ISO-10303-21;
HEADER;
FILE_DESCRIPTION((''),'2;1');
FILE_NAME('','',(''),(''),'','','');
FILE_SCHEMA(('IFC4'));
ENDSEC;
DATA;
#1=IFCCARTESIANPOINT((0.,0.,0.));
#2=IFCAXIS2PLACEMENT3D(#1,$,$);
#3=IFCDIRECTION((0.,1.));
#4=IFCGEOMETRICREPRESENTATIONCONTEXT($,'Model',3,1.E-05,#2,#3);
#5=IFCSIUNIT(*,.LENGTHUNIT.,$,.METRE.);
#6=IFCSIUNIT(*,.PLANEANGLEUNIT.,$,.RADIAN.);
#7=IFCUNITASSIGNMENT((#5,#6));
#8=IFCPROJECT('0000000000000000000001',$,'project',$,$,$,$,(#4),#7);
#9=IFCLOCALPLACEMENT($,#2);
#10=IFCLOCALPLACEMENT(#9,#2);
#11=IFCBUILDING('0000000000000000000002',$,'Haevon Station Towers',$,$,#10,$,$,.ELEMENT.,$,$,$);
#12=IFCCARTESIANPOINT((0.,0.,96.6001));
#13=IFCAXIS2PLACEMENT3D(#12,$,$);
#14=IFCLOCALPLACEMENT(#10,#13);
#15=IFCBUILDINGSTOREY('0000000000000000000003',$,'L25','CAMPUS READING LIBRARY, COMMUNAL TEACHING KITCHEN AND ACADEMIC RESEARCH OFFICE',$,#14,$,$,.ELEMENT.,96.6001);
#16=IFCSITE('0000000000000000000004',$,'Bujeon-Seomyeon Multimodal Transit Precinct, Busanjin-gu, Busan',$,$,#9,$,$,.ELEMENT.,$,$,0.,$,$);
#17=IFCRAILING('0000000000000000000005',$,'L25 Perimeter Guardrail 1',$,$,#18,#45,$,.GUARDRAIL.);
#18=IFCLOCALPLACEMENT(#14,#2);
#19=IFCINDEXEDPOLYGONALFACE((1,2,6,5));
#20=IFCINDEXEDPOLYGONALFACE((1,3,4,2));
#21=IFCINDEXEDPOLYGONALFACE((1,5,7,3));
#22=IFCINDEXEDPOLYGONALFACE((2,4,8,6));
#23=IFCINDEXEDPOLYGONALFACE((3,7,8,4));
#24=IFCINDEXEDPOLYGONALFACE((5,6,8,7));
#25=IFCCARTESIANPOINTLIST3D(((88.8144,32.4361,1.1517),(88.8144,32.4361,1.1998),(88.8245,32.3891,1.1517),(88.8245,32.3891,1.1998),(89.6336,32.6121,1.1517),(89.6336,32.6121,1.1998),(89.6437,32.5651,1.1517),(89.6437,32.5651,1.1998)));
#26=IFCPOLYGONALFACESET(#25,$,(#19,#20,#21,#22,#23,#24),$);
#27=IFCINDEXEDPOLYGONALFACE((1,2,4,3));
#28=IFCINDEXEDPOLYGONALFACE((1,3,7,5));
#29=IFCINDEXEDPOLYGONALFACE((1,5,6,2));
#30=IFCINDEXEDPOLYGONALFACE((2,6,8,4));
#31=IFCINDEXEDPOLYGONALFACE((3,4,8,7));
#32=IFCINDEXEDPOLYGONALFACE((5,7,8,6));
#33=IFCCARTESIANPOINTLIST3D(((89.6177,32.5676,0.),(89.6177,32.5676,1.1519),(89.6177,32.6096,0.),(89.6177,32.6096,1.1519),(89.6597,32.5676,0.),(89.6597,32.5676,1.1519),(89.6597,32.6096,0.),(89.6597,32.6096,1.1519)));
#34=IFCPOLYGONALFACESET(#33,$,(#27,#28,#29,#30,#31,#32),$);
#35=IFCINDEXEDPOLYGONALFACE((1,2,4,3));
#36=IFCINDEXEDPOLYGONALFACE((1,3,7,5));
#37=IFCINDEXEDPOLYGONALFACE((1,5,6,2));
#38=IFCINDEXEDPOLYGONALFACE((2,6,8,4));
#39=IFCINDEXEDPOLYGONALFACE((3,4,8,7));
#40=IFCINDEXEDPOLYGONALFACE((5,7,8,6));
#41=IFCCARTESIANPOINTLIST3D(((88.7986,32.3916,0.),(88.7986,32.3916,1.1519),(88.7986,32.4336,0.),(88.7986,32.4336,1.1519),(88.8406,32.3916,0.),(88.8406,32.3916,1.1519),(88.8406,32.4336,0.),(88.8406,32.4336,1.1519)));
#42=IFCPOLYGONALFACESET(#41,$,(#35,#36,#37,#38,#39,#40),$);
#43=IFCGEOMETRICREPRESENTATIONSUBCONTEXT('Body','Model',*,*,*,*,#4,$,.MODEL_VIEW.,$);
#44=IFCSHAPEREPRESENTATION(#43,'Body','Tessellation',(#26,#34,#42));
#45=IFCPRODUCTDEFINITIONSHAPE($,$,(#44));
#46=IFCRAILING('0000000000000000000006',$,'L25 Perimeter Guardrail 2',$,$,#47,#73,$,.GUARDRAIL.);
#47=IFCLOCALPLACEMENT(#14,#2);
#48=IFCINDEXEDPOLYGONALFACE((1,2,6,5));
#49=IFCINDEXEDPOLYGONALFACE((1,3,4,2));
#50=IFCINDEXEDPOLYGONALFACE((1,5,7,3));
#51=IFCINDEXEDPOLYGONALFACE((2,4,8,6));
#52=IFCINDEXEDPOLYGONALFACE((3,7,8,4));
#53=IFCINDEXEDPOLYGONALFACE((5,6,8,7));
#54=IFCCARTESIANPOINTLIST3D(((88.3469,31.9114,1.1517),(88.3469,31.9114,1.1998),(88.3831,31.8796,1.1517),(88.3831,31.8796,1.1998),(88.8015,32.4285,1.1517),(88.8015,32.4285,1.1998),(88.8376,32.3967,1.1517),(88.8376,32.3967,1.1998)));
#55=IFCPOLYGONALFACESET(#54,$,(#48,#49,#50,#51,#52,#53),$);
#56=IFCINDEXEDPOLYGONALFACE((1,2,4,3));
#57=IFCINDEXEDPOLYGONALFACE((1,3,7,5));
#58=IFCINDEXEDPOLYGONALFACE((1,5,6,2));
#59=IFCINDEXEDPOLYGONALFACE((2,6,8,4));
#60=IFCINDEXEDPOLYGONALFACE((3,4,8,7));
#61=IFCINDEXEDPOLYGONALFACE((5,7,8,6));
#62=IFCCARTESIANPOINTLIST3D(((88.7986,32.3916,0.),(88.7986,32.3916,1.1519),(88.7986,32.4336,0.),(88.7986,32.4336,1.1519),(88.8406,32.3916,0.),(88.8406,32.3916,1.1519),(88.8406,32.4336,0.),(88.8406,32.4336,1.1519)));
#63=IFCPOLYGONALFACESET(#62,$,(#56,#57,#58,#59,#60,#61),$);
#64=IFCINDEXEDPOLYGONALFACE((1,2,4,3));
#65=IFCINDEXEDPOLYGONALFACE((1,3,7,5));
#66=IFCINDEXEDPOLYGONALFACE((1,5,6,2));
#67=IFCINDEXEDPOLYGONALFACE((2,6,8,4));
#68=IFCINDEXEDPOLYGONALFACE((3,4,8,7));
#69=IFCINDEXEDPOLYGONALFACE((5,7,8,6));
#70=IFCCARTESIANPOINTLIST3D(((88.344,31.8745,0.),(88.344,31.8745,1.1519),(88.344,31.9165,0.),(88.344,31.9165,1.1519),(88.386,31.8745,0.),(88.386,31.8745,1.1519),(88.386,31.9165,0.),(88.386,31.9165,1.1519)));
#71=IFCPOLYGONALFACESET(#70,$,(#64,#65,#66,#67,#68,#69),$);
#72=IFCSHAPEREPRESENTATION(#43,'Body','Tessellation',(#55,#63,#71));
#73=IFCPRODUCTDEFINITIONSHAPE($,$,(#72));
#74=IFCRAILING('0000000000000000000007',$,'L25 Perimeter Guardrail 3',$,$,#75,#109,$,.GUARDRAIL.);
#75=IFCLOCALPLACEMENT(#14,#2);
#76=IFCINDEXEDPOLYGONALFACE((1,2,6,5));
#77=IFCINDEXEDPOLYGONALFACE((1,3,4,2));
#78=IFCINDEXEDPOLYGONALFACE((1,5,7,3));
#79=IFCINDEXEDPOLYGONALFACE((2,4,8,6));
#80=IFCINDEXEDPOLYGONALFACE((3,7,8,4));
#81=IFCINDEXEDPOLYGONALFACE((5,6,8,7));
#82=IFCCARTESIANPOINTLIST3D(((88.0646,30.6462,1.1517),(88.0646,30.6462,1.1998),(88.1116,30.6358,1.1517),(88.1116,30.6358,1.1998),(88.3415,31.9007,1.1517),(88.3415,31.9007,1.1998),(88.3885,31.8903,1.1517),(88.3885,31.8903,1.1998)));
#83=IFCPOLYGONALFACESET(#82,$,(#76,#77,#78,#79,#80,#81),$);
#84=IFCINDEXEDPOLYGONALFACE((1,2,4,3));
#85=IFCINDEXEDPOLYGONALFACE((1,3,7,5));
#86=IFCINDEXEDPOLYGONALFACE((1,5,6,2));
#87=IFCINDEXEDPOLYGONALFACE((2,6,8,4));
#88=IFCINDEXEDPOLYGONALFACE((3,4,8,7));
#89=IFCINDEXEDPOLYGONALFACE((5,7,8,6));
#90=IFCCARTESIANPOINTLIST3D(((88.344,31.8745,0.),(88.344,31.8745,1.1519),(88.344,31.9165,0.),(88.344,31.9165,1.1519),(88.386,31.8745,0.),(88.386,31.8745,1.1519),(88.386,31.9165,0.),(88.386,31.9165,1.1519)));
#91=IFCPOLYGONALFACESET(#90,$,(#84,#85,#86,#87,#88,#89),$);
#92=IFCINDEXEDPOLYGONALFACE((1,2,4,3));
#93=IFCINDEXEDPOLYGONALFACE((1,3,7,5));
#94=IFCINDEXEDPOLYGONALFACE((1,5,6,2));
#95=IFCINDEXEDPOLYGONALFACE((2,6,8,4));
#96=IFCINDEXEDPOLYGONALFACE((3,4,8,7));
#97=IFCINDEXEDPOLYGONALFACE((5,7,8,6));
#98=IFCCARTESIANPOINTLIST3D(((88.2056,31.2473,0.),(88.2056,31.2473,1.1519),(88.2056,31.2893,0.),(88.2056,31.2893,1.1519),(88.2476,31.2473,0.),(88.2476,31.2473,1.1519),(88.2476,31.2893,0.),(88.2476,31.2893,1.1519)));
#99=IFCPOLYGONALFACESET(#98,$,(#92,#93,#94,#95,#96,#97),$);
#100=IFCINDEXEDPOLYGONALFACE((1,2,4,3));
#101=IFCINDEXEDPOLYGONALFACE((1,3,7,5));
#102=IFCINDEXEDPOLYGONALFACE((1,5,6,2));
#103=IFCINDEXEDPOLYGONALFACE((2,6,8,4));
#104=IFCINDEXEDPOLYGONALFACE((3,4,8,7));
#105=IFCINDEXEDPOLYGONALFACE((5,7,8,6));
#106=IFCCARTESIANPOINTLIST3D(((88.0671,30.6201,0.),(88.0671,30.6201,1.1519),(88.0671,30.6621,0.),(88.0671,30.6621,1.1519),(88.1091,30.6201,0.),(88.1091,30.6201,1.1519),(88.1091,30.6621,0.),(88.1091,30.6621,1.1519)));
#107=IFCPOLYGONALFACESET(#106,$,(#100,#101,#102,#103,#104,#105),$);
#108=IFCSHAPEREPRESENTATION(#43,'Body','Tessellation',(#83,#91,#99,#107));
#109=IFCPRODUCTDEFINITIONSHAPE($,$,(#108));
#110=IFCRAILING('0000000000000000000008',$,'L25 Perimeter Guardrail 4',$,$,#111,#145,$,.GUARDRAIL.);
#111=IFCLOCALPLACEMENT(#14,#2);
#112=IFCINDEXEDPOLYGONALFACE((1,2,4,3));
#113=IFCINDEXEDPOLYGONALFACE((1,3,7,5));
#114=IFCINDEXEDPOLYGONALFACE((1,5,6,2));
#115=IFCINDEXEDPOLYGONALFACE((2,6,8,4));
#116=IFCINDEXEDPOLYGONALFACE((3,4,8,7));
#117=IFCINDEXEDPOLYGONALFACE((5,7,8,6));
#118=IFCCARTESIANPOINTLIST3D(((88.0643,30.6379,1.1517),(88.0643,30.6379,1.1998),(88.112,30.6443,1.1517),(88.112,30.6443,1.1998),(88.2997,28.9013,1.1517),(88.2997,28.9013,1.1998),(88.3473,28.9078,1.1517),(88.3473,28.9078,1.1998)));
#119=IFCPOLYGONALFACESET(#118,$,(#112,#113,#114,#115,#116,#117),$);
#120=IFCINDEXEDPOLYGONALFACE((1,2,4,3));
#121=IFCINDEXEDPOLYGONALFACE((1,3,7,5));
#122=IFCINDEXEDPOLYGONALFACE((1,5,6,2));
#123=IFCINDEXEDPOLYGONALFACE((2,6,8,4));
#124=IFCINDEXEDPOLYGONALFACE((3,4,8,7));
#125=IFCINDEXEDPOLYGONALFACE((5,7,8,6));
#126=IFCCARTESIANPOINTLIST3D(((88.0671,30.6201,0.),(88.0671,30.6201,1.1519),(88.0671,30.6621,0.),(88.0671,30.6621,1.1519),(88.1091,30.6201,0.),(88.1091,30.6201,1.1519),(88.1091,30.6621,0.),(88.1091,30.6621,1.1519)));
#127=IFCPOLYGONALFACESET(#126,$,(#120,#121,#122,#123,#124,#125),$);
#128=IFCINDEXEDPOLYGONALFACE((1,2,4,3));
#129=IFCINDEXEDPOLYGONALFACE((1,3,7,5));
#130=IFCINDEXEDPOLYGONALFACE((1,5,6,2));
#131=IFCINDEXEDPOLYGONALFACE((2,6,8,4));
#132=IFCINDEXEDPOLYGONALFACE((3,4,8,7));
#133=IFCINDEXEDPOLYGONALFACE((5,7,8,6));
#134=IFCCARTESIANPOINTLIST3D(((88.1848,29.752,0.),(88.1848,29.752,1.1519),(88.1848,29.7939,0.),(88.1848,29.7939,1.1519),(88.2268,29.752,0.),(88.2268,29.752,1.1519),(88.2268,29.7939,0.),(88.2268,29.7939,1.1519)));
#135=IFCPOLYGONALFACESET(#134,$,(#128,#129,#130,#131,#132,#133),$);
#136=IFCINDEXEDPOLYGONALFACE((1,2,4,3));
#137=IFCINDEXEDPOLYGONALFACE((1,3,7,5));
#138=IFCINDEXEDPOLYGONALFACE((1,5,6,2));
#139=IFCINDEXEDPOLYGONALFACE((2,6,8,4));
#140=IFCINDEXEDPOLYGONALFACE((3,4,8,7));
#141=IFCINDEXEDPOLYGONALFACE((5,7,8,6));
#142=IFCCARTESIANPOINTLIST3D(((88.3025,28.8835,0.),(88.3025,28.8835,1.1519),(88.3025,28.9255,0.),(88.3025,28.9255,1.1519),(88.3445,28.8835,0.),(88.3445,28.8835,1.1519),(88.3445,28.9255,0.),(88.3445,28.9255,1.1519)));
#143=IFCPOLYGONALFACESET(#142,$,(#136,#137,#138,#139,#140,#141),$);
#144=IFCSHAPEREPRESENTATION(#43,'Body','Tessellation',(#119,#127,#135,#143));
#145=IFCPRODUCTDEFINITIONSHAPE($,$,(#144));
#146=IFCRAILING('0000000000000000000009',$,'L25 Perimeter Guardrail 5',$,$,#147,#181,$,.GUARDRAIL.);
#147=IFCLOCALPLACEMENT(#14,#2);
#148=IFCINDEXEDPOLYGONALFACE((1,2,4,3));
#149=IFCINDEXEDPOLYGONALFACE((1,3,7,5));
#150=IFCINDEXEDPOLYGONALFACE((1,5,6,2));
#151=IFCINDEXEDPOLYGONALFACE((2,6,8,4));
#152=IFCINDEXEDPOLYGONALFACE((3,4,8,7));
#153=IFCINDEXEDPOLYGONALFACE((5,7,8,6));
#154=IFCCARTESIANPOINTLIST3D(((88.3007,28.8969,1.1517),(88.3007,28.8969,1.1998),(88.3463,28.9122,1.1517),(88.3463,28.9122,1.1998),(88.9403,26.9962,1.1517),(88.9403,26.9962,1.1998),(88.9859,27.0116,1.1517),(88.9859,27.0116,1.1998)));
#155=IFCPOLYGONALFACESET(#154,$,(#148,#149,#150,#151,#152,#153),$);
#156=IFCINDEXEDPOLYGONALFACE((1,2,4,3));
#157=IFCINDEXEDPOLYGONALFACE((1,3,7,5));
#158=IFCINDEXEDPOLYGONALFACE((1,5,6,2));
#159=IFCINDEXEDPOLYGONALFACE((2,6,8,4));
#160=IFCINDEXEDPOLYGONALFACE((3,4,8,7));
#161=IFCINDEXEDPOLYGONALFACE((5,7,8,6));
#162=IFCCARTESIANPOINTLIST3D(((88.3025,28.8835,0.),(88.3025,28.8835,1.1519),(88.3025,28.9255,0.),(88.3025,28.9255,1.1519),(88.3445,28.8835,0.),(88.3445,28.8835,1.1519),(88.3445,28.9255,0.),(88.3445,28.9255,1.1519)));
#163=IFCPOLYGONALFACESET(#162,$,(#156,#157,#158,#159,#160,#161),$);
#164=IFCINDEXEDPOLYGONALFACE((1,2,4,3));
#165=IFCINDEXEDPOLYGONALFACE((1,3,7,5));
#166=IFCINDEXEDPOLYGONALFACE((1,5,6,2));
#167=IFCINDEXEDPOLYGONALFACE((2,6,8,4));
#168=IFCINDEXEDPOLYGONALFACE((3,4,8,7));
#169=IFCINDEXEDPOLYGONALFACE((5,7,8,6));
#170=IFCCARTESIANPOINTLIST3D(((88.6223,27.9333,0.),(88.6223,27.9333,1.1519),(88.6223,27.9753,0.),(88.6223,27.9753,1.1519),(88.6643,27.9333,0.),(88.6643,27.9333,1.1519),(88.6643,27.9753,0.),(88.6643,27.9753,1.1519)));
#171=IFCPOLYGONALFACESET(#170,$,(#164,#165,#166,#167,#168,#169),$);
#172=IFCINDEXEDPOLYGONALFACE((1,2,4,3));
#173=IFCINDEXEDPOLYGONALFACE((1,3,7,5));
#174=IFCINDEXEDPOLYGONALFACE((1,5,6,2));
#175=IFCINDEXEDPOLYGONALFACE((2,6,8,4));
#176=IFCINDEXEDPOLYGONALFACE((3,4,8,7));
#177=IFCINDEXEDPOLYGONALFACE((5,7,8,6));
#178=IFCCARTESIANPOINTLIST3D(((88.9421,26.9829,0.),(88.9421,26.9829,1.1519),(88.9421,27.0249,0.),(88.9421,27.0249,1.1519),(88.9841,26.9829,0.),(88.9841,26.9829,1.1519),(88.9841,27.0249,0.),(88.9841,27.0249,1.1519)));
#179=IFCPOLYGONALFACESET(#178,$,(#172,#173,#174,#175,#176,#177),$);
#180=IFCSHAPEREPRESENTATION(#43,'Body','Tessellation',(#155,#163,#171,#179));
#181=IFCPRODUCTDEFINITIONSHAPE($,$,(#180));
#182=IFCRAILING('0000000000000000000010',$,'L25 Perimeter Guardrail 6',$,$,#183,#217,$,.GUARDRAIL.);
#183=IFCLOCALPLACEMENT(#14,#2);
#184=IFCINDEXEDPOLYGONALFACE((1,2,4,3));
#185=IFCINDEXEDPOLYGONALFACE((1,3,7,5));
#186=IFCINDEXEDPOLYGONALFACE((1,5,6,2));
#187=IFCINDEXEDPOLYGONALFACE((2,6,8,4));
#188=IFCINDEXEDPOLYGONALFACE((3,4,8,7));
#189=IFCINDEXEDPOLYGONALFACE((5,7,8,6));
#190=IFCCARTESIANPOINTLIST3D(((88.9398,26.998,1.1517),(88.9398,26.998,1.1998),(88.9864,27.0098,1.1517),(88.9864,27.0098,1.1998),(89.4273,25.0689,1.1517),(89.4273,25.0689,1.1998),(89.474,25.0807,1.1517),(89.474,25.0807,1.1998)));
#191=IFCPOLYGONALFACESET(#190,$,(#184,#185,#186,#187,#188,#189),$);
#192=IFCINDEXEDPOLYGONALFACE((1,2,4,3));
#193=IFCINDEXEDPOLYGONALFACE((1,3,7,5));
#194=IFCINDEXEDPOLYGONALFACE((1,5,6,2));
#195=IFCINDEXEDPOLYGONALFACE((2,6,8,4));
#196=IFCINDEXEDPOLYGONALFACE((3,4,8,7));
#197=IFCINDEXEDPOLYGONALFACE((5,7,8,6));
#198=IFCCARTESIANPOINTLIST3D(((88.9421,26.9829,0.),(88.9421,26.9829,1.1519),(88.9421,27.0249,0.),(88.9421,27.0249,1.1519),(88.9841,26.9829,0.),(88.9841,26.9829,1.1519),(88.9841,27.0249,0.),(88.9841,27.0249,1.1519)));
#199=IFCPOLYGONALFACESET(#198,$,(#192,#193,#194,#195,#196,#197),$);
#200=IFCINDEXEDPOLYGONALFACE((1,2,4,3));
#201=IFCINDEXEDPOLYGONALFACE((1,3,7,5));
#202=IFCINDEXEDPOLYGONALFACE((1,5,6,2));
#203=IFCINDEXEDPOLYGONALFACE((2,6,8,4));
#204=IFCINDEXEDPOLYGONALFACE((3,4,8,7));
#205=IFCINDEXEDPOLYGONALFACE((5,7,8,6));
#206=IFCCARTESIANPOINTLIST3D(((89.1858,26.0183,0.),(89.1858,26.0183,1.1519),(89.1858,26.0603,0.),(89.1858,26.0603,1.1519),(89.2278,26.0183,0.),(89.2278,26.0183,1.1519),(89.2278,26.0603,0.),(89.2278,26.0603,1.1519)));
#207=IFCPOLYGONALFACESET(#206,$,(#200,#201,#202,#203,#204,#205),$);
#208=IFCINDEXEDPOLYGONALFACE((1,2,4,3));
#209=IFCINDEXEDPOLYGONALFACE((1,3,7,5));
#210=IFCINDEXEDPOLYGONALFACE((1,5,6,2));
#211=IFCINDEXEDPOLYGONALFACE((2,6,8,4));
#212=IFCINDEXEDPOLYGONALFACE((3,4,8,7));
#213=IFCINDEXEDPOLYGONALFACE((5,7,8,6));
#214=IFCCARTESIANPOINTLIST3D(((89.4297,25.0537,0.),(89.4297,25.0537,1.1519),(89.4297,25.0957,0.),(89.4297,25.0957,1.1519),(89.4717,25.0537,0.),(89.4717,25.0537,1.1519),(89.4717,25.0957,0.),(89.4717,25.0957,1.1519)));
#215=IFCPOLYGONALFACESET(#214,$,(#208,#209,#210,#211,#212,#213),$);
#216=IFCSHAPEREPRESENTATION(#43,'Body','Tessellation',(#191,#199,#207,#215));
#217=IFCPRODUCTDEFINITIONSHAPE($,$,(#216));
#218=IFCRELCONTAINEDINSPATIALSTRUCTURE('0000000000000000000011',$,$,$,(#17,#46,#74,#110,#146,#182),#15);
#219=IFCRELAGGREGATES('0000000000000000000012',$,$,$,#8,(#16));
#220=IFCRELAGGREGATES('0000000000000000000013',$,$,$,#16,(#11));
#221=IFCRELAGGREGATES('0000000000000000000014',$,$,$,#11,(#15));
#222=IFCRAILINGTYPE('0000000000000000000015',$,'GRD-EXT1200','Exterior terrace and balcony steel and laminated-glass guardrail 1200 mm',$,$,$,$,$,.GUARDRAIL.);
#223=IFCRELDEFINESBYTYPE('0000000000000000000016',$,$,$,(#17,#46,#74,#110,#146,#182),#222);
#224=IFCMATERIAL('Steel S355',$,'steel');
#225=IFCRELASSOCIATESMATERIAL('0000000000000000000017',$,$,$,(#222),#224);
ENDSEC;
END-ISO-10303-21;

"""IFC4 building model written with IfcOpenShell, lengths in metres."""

from ifc_helpers import new_model, si_unit, direction, frame, origin, origin_2d, place, context, subcontext, project, spatial, rectangle, extrude, material, type_object, element, save


model = new_model("IFC4")

# Units and contexts
model_context = context("Model", 3, precision=1e-05, world=origin(), true_north=direction((0.0, 1.0)))
body_context = subcontext(model_context, "Body", "Model", "MODEL_VIEW")
ifc_project = project(units=[si_unit("LENGTHUNIT", "METRE"), si_unit("PLANEANGLEUNIT", "RADIAN")], contexts=[model_context])

# Site, building, storey
site_placement = place(None, origin())
site = spatial("IfcSite", under=ifc_project, at=site_placement, Name="Bujeon-Seomyeon Multimodal Transit Precinct, Busanjin-gu, Busan", CompositionType="ELEMENT", RefElevation=0.0)
building_placement = place(site_placement, origin())
building = spatial("IfcBuilding", under=site, at=building_placement, Name="Haevon Station Towers", CompositionType="ELEMENT")
storey_placement = place(building_placement, frame((0.0, 0.0, 96.6001)))
storey = spatial("IfcBuildingStorey", under=building, at=storey_placement, Name="L25", Description="CAMPUS READING LIBRARY, COMMUNAL TEACHING KITCHEN AND ACADEMIC RESEARCH OFFICE", CompositionType="ELEMENT", Elevation=96.6001)

# Shared definitions
ifc_material_1 = material(Name="Steel S355", Category="steel")

# Railings
railing_type = type_object("IfcRailingType", Name="GRD-EXT1200", Description="Exterior terrace and balcony steel and laminated-glass guardrail 1200 mm", PredefinedType="GUARDRAIL", material=ifc_material_1)
railing_1_placement = place(storey_placement, frame((89.6387, 32.5886, 0.0)))
element("IfcRailing", 1, at=railing_1_placement, inside=storey, type_object=railing_type, Name="L25 Perimeter Guardrail 1", PredefinedType="GUARDRAIL", context=body_context, shape_type="SweptSolid", body=[
    extrude(rectangle(XDim=0.0481, YDim=0.0481, at=origin_2d()), frame((0.0, 0.0, 1.1758), z_axis=(-0.977679, -0.210106, 0.0), x_axis=(0.210106, -0.977679, 0.0)), (0.0, 0.0, 1.0), 0.8379),
    extrude(rectangle(XDim=0.042, YDim=0.042, at=origin_2d()), origin(), (0.0, 0.0, 1.0), 1.1519),
    extrude(rectangle(XDim=0.042, YDim=0.042, at=origin_2d()), frame((-0.8191, -0.176, 0.0)), (0.0, 0.0, 1.0), 1.1519),
])
railing_2_placement = place(storey_placement, frame((88.8196, 32.4126, 0.0)))
element("IfcRailing", 2, at=railing_2_placement, inside=storey, type_object=railing_type, Name="L25 Perimeter Guardrail 2", PredefinedType="GUARDRAIL", context=body_context, shape_type="SweptSolid", body=[
    extrude(rectangle(XDim=0.0481, YDim=0.0481, at=origin_2d()), frame((0.0, 0.0, 1.1758), z_axis=(-0.66026, -0.751037, 0.0), x_axis=(0.751037, -0.66026, 0.0)), (0.0, 0.0, 1.0), 0.6885),
    extrude(rectangle(XDim=0.042, YDim=0.042, at=origin_2d()), origin(), (0.0, 0.0, 1.0), 1.1519),
    extrude(rectangle(XDim=0.042, YDim=0.042, at=origin_2d()), frame((-0.4546, -0.5171, 0.0)), (0.0, 0.0, 1.0), 1.1519),
])
railing_3_placement = place(storey_placement, frame((88.365, 31.8955, 0.0)))
element("IfcRailing", 3, at=railing_3_placement, inside=storey, type_object=railing_type, Name="L25 Perimeter Guardrail 3", PredefinedType="GUARDRAIL", context=body_context, shape_type="SweptSolid", body=[
    extrude(rectangle(XDim=0.0481, YDim=0.0481, at=origin_2d()), frame((0.0, 0.0, 1.1758), z_axis=(-0.215522, -0.976499, 0.0), x_axis=(0.976499, -0.215522, 0.0)), (0.0, 0.0, 1.0), 1.2847),
    extrude(rectangle(XDim=0.042, YDim=0.042, at=origin_2d()), origin(), (0.0, 0.0, 1.0), 1.1519),
    extrude(rectangle(XDim=0.042, YDim=0.042, at=origin_2d()), frame((-0.1384, -0.6272, 0.0)), (0.0, 0.0, 1.0), 1.1519),
    extrude(rectangle(XDim=0.042, YDim=0.042, at=origin_2d()), frame((-0.2769, -1.2544, 0.0)), (0.0, 0.0, 1.0), 1.1519),
])
railing_4_placement = place(storey_placement, frame((88.0881, 30.6411, 0.0)))
element("IfcRailing", 4, at=railing_4_placement, inside=storey, type_object=railing_type, Name="L25 Perimeter Guardrail 4", PredefinedType="GUARDRAIL", context=body_context, shape_type="SweptSolid", body=[
    extrude(rectangle(XDim=0.0481, YDim=0.0481, at=origin_2d()), frame((0.0, 0.0, 1.1758), z_axis=(0.134299, -0.990941, 0.0), x_axis=(0.990941, 0.134299, 0.0)), (0.0, 0.0, 1.0), 1.7524),
    extrude(rectangle(XDim=0.042, YDim=0.042, at=origin_2d()), origin(), (0.0, 0.0, 1.0), 1.1519),
    extrude(rectangle(XDim=0.042, YDim=0.042, at=origin_2d()), frame((0.1177, -0.8682, 0.0)), (0.0, 0.0, 1.0), 1.1519),
    extrude(rectangle(XDim=0.042, YDim=0.042, at=origin_2d()), frame((0.2354, -1.7366, 0.0)), (0.0, 0.0, 1.0), 1.1519),
])
railing_5_placement = place(storey_placement, frame((88.3235, 28.9045, 0.0)))
element("IfcRailing", 5, at=railing_5_placement, inside=storey, type_object=railing_type, Name="L25 Perimeter Guardrail 5", PredefinedType="GUARDRAIL", context=body_context, shape_type="SweptSolid", body=[
    extrude(rectangle(XDim=0.0481, YDim=0.0481, at=origin_2d()), frame((0.0, 0.0, 1.1758), z_axis=(0.318966, -0.947766, 0.0), x_axis=(0.947766, 0.318966, 0.0)), (0.0, 0.0, 1.0), 2.0054),
    extrude(rectangle(XDim=0.042, YDim=0.042, at=origin_2d()), origin(), (0.0, 0.0, 1.0), 1.1519),
    extrude(rectangle(XDim=0.042, YDim=0.042, at=origin_2d()), frame((0.3198, -0.9502, 0.0)), (0.0, 0.0, 1.0), 1.1519),
    extrude(rectangle(XDim=0.042, YDim=0.042, at=origin_2d()), frame((0.6396, -1.9006, 0.0)), (0.0, 0.0, 1.0), 1.1519),
])
railing_6_placement = place(storey_placement, frame((88.9631, 27.0039, 0.0)))
element("IfcRailing", 6, at=railing_6_placement, inside=storey, type_object=railing_type, Name="L25 Perimeter Guardrail 6", PredefinedType="GUARDRAIL", context=body_context, shape_type="SweptSolid", body=[
    extrude(rectangle(XDim=0.0481, YDim=0.0481, at=origin_2d()), frame((0.0, 0.0, 1.1758), z_axis=(0.245018, -0.969519, 0.0), x_axis=(0.969519, 0.245018, 0.0)), (0.0, 0.0, 1.0), 1.9897),
    extrude(rectangle(XDim=0.042, YDim=0.042, at=origin_2d()), origin(), (0.0, 0.0, 1.0), 1.1519),
    extrude(rectangle(XDim=0.042, YDim=0.042, at=origin_2d()), frame((0.2437, -0.9646, 0.0)), (0.0, 0.0, 1.0), 1.1519),
    extrude(rectangle(XDim=0.042, YDim=0.042, at=origin_2d()), frame((0.4875, -1.9292, 0.0)), (0.0, 0.0, 1.0), 1.1519),
])

save(model, "model.ifc")
